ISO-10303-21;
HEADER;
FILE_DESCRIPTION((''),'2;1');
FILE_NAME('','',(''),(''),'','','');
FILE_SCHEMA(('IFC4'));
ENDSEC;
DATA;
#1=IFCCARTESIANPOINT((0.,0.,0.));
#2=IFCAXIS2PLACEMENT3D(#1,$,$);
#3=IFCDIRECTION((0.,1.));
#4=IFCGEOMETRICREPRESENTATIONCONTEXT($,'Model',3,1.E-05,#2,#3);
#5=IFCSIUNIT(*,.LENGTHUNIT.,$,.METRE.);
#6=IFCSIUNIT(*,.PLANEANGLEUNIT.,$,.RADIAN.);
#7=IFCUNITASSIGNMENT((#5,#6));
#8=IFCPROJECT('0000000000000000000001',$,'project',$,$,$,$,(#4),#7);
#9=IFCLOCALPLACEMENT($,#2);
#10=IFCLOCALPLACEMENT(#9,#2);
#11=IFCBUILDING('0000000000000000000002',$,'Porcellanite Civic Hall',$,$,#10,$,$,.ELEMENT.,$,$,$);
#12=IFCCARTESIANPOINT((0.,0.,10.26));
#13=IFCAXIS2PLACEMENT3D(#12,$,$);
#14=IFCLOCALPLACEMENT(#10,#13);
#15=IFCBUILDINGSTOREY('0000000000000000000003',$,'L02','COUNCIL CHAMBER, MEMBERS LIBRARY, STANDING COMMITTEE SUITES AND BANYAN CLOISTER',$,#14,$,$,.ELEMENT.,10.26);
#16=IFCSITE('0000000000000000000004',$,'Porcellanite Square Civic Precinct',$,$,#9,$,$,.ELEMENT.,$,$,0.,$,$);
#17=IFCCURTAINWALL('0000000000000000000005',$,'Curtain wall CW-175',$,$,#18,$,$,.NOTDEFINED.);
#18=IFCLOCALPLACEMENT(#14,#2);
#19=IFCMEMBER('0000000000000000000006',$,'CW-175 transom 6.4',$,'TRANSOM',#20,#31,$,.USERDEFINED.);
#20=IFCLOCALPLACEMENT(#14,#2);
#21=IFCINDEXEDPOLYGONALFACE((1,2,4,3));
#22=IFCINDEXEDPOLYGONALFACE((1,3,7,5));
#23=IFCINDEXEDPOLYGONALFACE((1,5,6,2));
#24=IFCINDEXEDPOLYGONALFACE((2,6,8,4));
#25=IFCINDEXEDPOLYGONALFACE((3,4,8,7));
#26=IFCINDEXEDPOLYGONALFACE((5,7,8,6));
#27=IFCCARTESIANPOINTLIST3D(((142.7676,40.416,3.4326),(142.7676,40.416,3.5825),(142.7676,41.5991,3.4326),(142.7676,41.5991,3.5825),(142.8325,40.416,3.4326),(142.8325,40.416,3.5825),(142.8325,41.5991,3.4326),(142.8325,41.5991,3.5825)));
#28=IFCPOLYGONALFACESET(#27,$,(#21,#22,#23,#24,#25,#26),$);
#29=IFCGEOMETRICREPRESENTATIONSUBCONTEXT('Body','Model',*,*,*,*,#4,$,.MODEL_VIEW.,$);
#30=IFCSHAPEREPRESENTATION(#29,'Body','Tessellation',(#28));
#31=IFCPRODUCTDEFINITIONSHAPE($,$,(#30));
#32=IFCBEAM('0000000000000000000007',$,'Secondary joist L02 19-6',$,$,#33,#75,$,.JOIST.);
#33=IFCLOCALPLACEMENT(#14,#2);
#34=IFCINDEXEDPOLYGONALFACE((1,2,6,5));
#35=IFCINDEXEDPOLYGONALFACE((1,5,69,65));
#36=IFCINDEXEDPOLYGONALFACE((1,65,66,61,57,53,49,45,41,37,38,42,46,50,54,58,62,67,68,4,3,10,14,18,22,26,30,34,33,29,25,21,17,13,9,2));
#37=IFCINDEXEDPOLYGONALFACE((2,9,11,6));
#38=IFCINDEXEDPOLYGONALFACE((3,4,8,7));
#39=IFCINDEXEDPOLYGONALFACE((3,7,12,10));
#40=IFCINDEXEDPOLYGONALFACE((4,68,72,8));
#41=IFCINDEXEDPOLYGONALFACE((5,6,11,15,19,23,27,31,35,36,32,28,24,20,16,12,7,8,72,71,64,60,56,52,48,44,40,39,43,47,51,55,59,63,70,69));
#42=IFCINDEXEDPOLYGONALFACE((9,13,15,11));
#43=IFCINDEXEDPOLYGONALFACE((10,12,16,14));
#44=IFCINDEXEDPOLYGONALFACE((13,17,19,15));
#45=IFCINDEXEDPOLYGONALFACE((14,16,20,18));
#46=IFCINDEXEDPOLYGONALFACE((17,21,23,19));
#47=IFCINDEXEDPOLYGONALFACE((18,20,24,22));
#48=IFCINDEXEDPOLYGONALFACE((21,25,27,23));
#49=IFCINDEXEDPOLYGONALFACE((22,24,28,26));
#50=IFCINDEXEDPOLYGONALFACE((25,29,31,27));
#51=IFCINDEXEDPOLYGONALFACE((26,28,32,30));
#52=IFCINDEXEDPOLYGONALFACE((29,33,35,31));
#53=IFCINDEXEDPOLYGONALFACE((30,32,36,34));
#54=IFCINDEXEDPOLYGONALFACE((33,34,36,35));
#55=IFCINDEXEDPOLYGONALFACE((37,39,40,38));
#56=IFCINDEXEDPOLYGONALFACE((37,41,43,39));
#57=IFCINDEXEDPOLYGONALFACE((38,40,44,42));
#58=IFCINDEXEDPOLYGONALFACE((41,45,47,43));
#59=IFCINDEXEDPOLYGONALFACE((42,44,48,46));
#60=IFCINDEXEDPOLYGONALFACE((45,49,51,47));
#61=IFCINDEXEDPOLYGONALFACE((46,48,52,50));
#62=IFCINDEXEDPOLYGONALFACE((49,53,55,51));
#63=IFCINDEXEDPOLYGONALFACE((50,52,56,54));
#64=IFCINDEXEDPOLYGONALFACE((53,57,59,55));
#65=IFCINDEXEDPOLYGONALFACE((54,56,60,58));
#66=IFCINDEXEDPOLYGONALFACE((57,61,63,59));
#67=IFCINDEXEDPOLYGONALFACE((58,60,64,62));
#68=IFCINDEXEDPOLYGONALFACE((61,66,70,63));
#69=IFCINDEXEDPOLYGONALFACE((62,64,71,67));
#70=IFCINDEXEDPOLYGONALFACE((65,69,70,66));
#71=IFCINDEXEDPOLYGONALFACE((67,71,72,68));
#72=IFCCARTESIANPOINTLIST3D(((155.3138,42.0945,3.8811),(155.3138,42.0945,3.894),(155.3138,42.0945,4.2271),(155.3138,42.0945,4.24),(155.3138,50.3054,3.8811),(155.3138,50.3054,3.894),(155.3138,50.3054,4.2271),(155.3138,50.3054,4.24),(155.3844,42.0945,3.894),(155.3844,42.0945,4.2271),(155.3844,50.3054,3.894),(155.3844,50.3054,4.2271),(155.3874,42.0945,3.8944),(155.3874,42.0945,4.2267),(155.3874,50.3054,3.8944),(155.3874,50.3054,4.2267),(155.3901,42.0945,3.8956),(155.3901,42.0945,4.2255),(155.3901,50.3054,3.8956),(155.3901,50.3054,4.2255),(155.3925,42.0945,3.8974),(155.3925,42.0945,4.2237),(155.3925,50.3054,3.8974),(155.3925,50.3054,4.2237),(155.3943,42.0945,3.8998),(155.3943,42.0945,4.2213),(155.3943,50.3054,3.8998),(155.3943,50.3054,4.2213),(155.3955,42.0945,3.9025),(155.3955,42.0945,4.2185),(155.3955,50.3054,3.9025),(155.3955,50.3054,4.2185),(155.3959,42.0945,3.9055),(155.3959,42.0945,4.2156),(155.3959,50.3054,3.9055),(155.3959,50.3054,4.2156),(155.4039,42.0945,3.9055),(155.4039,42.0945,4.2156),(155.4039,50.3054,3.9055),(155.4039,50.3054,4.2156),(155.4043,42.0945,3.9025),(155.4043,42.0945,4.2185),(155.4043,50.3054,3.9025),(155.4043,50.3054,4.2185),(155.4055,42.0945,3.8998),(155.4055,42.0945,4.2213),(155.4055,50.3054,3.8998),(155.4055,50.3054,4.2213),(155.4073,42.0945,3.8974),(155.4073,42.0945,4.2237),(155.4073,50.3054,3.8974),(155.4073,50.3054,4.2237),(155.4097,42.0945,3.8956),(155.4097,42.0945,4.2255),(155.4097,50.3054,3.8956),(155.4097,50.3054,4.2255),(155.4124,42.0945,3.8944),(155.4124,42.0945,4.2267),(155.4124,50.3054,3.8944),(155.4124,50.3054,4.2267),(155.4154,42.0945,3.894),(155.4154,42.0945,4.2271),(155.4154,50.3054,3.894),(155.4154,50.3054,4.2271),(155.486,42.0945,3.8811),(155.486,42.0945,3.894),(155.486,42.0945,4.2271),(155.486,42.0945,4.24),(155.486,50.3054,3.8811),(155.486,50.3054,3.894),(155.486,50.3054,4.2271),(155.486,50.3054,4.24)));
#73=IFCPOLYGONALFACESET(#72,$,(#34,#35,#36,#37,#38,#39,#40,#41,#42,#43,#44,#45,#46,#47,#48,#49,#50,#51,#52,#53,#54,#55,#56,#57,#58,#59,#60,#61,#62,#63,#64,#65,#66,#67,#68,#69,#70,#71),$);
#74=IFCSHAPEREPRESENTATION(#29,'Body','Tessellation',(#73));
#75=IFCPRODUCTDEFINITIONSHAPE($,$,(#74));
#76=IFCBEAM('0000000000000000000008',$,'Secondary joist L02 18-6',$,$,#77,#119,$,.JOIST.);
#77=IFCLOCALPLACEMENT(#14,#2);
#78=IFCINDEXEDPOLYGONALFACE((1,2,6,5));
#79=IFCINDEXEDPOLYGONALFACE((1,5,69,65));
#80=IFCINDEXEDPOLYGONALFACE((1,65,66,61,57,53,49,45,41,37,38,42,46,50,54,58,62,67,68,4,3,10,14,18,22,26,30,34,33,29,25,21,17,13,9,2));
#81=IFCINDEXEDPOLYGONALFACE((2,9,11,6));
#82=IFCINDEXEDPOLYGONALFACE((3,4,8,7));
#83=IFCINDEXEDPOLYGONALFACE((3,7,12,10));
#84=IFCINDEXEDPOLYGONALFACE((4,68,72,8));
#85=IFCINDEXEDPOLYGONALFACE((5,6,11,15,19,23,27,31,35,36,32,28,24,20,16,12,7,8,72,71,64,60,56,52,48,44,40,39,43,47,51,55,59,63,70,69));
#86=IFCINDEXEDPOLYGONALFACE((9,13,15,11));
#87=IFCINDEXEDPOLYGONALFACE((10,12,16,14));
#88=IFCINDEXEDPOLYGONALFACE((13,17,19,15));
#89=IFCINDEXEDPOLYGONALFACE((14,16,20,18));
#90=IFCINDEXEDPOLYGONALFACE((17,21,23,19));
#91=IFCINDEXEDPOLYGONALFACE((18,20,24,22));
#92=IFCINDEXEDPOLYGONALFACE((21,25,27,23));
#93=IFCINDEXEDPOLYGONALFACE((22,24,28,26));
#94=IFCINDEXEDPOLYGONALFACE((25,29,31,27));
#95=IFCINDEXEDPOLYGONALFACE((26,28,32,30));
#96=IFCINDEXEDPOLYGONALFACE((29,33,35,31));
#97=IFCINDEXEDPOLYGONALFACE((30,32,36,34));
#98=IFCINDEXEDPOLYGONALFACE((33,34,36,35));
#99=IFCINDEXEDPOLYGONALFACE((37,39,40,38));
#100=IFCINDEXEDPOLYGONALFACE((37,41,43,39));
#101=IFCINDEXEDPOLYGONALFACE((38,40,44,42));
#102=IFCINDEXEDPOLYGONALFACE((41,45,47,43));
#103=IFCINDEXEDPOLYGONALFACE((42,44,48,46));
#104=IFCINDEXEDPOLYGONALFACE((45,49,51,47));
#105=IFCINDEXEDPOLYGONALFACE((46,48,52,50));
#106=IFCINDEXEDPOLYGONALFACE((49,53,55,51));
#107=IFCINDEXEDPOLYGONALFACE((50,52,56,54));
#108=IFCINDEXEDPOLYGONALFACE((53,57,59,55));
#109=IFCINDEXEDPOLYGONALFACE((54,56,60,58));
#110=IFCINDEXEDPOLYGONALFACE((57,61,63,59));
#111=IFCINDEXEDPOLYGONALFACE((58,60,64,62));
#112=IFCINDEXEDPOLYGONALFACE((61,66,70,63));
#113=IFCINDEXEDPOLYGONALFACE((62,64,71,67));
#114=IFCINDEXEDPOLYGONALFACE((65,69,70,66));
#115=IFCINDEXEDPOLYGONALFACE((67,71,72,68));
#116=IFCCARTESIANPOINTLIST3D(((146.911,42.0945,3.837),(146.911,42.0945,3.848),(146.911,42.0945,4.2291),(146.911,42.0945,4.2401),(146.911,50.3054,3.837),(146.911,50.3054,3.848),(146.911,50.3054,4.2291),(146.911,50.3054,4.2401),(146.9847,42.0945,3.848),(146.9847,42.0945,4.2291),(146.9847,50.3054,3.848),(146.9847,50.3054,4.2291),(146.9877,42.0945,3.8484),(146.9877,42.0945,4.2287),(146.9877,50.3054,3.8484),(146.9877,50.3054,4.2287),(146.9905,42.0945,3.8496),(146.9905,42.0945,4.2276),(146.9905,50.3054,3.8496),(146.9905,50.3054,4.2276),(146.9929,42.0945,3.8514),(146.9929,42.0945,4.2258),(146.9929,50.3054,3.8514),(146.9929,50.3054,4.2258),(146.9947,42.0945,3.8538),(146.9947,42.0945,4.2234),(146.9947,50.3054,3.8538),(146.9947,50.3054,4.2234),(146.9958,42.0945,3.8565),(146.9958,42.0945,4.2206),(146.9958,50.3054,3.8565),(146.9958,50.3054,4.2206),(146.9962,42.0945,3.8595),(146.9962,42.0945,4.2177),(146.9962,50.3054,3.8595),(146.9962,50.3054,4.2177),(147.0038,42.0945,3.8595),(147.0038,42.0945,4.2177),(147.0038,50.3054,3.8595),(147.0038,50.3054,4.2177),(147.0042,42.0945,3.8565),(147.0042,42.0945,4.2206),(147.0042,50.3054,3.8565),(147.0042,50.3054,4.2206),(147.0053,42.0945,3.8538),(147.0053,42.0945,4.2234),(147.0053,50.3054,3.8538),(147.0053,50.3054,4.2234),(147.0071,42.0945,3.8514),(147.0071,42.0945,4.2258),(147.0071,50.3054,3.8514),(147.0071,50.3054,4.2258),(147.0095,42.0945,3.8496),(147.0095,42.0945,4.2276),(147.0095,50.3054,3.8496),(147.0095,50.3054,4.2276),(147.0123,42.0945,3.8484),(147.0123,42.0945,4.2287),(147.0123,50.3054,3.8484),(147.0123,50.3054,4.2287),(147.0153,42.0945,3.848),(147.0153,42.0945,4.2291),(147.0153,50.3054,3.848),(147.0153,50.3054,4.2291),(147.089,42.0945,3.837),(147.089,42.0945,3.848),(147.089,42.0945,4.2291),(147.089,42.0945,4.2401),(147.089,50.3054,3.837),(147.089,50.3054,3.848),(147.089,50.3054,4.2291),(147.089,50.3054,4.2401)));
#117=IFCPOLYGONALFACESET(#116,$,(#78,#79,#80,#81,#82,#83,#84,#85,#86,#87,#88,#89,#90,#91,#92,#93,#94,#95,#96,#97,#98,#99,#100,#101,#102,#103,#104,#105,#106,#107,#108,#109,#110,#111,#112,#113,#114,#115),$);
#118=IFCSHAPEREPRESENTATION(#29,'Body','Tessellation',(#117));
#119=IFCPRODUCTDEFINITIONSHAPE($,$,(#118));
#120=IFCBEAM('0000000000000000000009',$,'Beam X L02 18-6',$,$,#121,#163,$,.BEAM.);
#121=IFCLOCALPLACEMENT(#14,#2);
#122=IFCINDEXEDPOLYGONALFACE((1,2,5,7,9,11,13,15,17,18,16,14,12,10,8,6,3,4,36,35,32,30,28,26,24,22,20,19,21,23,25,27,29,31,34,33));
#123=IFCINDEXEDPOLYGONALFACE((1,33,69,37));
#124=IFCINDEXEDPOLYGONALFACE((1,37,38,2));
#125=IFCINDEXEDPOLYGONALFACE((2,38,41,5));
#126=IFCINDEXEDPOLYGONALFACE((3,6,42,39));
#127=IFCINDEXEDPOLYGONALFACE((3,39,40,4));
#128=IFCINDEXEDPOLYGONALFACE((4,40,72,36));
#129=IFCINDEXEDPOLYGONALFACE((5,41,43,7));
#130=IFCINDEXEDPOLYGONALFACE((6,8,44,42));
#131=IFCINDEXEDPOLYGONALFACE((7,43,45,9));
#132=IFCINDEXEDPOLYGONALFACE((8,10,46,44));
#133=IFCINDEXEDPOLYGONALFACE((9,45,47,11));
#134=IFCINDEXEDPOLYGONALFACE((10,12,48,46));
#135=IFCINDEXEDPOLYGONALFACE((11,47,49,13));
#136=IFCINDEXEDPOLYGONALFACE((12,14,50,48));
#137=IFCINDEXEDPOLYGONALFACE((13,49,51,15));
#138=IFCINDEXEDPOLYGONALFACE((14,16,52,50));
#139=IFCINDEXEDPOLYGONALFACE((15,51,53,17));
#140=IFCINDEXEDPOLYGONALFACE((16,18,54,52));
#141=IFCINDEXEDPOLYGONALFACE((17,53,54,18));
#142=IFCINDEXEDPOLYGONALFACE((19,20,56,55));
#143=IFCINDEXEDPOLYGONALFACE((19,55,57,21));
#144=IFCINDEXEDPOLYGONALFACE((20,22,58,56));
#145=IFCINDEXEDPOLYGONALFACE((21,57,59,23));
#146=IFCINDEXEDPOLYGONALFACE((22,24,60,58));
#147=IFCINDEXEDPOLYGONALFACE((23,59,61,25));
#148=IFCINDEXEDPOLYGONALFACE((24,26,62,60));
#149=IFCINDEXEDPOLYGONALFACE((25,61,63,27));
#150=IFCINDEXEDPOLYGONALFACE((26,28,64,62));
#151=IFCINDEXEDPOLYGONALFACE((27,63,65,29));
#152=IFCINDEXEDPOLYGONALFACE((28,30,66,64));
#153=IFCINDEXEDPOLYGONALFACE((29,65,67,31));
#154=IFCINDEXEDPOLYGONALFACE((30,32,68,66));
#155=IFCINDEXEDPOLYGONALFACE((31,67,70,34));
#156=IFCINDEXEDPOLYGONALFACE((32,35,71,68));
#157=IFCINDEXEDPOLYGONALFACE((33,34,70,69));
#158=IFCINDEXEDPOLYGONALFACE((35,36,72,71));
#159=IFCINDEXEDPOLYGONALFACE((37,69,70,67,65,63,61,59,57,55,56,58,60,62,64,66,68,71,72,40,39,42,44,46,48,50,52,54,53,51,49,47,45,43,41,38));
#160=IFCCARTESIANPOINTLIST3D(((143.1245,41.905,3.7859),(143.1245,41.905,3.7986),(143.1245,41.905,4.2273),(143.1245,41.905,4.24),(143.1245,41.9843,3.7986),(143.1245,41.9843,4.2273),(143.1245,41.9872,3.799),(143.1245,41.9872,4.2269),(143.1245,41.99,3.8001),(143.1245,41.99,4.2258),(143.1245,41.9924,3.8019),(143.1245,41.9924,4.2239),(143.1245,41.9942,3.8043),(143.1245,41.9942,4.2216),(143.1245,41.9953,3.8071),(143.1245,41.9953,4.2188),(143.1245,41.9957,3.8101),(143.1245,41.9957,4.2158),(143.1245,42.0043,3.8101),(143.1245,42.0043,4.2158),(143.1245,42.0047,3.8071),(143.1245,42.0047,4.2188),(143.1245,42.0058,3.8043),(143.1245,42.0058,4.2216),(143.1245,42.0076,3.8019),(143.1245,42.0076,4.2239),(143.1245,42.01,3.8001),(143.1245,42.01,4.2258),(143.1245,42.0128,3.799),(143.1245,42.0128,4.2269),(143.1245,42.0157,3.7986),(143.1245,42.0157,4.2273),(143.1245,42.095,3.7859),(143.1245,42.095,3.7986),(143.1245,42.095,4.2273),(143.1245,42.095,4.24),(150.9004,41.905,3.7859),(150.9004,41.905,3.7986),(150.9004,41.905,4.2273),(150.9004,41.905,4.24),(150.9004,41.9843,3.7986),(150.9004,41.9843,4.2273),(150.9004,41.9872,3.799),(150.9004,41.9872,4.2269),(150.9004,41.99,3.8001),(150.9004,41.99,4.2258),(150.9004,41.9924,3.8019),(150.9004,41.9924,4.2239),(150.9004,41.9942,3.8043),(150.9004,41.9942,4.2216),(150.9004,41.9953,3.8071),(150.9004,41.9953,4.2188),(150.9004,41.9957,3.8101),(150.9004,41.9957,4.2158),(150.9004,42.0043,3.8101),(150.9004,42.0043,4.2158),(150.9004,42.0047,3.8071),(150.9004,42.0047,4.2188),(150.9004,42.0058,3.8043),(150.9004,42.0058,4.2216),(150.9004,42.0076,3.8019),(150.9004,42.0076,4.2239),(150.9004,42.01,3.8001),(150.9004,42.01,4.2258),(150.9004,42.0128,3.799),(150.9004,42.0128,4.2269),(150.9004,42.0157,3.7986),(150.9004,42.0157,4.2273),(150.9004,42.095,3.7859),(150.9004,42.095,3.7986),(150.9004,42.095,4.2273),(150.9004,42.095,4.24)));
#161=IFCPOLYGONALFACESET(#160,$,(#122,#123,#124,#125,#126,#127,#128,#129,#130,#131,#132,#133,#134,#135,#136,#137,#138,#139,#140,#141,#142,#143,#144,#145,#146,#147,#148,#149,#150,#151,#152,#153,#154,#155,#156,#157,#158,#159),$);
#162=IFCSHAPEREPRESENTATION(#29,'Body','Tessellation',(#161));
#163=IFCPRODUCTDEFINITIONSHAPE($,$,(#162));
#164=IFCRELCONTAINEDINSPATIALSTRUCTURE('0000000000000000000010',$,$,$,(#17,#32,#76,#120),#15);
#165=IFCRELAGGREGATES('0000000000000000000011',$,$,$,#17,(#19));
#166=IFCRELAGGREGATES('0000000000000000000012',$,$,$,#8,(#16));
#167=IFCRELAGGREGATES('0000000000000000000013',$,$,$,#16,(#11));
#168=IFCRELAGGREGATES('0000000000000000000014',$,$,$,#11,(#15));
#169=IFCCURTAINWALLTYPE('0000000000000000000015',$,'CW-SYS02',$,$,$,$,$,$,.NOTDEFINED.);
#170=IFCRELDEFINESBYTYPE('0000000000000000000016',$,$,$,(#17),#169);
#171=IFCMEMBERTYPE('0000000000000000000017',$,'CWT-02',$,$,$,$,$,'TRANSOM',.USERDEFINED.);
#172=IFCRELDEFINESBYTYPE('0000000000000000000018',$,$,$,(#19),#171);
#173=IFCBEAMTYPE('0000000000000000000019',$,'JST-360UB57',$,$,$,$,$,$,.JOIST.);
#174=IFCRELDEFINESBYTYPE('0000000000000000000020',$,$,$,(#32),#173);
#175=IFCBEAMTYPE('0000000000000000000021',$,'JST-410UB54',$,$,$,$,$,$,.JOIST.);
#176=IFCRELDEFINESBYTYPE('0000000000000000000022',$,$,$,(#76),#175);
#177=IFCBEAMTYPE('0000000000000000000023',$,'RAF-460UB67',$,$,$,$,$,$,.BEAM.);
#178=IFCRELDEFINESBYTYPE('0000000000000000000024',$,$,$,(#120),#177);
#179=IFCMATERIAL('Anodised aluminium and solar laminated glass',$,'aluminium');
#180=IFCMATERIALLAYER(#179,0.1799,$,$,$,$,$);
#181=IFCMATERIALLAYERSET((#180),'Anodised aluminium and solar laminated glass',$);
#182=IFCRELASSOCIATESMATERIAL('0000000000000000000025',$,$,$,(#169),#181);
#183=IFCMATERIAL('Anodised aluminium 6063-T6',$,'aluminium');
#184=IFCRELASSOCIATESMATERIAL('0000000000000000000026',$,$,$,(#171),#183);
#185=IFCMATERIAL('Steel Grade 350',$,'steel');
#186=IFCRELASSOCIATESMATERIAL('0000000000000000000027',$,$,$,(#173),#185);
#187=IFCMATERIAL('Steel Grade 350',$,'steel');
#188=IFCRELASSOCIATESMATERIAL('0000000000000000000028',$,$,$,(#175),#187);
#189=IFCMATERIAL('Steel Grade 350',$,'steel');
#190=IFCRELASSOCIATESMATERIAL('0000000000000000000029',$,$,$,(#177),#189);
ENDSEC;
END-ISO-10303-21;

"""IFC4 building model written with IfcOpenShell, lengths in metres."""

from ifc_helpers import new_model, si_unit, direction, frame, origin, origin_2d, place, context, subcontext, project, spatial, rectangle, i_section, extrude, material, layer, layer_set, material_profile, profile_set, type_object, element, aggregate, save


model = new_model("IFC4")

# Units and contexts
model_context = context("Model", 3, precision=1e-05, world=origin(), true_north=direction((0.0, 1.0)))
body_context = subcontext(model_context, "Body", "Model", "MODEL_VIEW")
ifc_project = project(units=[si_unit("LENGTHUNIT", "METRE"), si_unit("PLANEANGLEUNIT", "RADIAN")], contexts=[model_context])

# Site, building, storey
site_placement = place(None, origin())
site = spatial("IfcSite", under=ifc_project, at=site_placement, Name="Porcellanite Square Civic Precinct", CompositionType="ELEMENT", RefElevation=0.0)
building_placement = place(site_placement, origin())
building = spatial("IfcBuilding", under=site, at=building_placement, Name="Porcellanite Civic Hall", CompositionType="ELEMENT")
storey_placement = place(building_placement, frame((0.0, 0.0, 10.26)))
storey = spatial("IfcBuildingStorey", under=building, at=storey_placement, Name="L02", Description="COUNCIL CHAMBER, MEMBERS LIBRARY, STANDING COMMITTEE SUITES AND BANYAN CLOISTER", CompositionType="ELEMENT", Elevation=10.26)

# Curtain wall, member
ifc_material_1 = material(Name="Anodised aluminium and solar laminated glass", Category="aluminium")
ifc_layer_1 = layer(ifc_material_1, 0.1799)
ifc_layer_set_1 = layer_set([ifc_layer_1], Name="Anodised aluminium and solar laminated glass")
curtain_wall_type = type_object("IfcCurtainWallType", Name="CW-SYS02", PredefinedType="NOTDEFINED", material=ifc_layer_set_1)
curtain_wall_placement = place(storey_placement, origin())
curtain_wall = element("IfcCurtainWall", 1, at=curtain_wall_placement, inside=storey, type_object=curtain_wall_type, Name="Curtain wall CW-175", PredefinedType="NOTDEFINED")
ifc_material_2 = material(Name="Anodised aluminium 6063-T6", Category="aluminium")
ifc_material_profile_1 = material_profile(ifc_material_2, rectangle(XDim=0.0649, YDim=0.1499, at=origin_2d()), Name="AL-65x150")
ifc_profile_set_1 = profile_set([ifc_material_profile_1], Name="Anodised aluminium 6063-T6")
member_type_1 = type_object("IfcMemberType", Name="CWT-02", ElementType="TRANSOM", PredefinedType="USERDEFINED", material=ifc_profile_set_1)
member_1_placement = place(storey_placement, frame((142.8, 40.416, 3.5076), z_axis=(0.0, 1.0, 0.0), x_axis=(-1.0, 0.0, 0.0)))
member_1 = element("IfcMember", 2, at=member_1_placement, type_object=member_type_1, Name="CW-175 transom 6.4", ObjectType="TRANSOM", PredefinedType="USERDEFINED", context=body_context, shape_type="SweptSolid", body=[
    extrude(rectangle(XDim=0.0649, YDim=0.1499, at=origin_2d()), origin(), (0.0, 0.0, 1.0), 1.1831),
])

# Beams
ifc_material_3 = material(Name="Steel Grade 350", Category="steel")
ifc_material_profile_2 = material_profile(ifc_material_3, i_section(OverallWidth=0.1721, OverallDepth=0.3589, WebThickness=0.0081, FlangeThickness=0.0129, FilletRadius=0.0115, at=origin_2d()), Name="360UB56.7")
ifc_profile_set_2 = profile_set([ifc_material_profile_2], Name="Steel Grade 350")
beam_type_1 = type_object("IfcBeamType", Name="JST-360UB57", PredefinedType="JOIST", material=ifc_profile_set_2)
beam_1_placement = place(storey_placement, frame((155.3999, 42.0945, 4.0605), z_axis=(0.0, 1.0, 0.0), x_axis=(-1.0, 0.0, 0.0)))
element("IfcBeam", 3, at=beam_1_placement, inside=storey, type_object=beam_type_1, Name="Secondary joist L02 19-6", PredefinedType="JOIST", context=body_context, shape_type="SweptSolid", body=[
    extrude(i_section(OverallWidth=0.1721, OverallDepth=0.3589, WebThickness=0.0081, FlangeThickness=0.0129, FilletRadius=0.0115, at=origin_2d()), origin(), (0.0, 0.0, 1.0), 8.2109),
])
ifc_material_4 = material(Name="Steel Grade 350", Category="steel")
ifc_material_profile_3 = material_profile(ifc_material_4, i_section(OverallWidth=0.178, OverallDepth=0.4031, WebThickness=0.0076, FlangeThickness=0.011, FilletRadius=0.0115, at=origin_2d()), Name="410UB53.7")
ifc_profile_set_3 = profile_set([ifc_material_profile_3], Name="Steel Grade 350")
beam_type_2 = type_object("IfcBeamType", Name="JST-410UB54", PredefinedType="JOIST", material=ifc_profile_set_3)
beam_2_placement = place(storey_placement, frame((147.0, 42.0945, 4.0386), z_axis=(0.0, 1.0, 0.0), x_axis=(-1.0, 0.0, 0.0)))
element("IfcBeam", 4, at=beam_2_placement, inside=storey, type_object=beam_type_2, Name="Secondary joist L02 18-6", PredefinedType="JOIST", context=body_context, shape_type="SweptSolid", body=[
    extrude(i_section(OverallWidth=0.178, OverallDepth=0.4031, WebThickness=0.0076, FlangeThickness=0.011, FilletRadius=0.0115, at=origin_2d()), origin(), (0.0, 0.0, 1.0), 8.2109),
])
ifc_material_5 = material(Name="Steel Grade 350", Category="steel")
ifc_material_profile_4 = material_profile(ifc_material_5, i_section(OverallWidth=0.1899, OverallDepth=0.4541, WebThickness=0.0085, FlangeThickness=0.0127, FilletRadius=0.0115, at=origin_2d()), Name="460UB67.1")
ifc_profile_set_4 = profile_set([ifc_material_profile_4], Name="Steel Grade 350")
beam_type_3 = type_object("IfcBeamType", Name="RAF-460UB67", PredefinedType="BEAM", material=ifc_profile_set_4)
for number, where, z_axis, x_axis, name in (
    (5, (143.1245, 42.0, 4.0129), (1.0, 0.0, 0.0), (0.0, 1.0, 0.0), "Beam X L02 18-6"),
):
    element("IfcBeam", number, at=place(storey_placement, frame(where, z_axis=z_axis, x_axis=x_axis)), inside=storey, type_object=beam_type_3, Name=name, PredefinedType="BEAM", context=body_context, shape_type="SweptSolid", body=[
        extrude(i_section(OverallWidth=0.1899, OverallDepth=0.4541, WebThickness=0.0085, FlangeThickness=0.0127, FilletRadius=0.0115, at=origin_2d()), origin(), (0.0, 0.0, 1.0), 7.7759),
    ])

aggregate(curtain_wall, [member_1])

save(model, "model.ifc")
